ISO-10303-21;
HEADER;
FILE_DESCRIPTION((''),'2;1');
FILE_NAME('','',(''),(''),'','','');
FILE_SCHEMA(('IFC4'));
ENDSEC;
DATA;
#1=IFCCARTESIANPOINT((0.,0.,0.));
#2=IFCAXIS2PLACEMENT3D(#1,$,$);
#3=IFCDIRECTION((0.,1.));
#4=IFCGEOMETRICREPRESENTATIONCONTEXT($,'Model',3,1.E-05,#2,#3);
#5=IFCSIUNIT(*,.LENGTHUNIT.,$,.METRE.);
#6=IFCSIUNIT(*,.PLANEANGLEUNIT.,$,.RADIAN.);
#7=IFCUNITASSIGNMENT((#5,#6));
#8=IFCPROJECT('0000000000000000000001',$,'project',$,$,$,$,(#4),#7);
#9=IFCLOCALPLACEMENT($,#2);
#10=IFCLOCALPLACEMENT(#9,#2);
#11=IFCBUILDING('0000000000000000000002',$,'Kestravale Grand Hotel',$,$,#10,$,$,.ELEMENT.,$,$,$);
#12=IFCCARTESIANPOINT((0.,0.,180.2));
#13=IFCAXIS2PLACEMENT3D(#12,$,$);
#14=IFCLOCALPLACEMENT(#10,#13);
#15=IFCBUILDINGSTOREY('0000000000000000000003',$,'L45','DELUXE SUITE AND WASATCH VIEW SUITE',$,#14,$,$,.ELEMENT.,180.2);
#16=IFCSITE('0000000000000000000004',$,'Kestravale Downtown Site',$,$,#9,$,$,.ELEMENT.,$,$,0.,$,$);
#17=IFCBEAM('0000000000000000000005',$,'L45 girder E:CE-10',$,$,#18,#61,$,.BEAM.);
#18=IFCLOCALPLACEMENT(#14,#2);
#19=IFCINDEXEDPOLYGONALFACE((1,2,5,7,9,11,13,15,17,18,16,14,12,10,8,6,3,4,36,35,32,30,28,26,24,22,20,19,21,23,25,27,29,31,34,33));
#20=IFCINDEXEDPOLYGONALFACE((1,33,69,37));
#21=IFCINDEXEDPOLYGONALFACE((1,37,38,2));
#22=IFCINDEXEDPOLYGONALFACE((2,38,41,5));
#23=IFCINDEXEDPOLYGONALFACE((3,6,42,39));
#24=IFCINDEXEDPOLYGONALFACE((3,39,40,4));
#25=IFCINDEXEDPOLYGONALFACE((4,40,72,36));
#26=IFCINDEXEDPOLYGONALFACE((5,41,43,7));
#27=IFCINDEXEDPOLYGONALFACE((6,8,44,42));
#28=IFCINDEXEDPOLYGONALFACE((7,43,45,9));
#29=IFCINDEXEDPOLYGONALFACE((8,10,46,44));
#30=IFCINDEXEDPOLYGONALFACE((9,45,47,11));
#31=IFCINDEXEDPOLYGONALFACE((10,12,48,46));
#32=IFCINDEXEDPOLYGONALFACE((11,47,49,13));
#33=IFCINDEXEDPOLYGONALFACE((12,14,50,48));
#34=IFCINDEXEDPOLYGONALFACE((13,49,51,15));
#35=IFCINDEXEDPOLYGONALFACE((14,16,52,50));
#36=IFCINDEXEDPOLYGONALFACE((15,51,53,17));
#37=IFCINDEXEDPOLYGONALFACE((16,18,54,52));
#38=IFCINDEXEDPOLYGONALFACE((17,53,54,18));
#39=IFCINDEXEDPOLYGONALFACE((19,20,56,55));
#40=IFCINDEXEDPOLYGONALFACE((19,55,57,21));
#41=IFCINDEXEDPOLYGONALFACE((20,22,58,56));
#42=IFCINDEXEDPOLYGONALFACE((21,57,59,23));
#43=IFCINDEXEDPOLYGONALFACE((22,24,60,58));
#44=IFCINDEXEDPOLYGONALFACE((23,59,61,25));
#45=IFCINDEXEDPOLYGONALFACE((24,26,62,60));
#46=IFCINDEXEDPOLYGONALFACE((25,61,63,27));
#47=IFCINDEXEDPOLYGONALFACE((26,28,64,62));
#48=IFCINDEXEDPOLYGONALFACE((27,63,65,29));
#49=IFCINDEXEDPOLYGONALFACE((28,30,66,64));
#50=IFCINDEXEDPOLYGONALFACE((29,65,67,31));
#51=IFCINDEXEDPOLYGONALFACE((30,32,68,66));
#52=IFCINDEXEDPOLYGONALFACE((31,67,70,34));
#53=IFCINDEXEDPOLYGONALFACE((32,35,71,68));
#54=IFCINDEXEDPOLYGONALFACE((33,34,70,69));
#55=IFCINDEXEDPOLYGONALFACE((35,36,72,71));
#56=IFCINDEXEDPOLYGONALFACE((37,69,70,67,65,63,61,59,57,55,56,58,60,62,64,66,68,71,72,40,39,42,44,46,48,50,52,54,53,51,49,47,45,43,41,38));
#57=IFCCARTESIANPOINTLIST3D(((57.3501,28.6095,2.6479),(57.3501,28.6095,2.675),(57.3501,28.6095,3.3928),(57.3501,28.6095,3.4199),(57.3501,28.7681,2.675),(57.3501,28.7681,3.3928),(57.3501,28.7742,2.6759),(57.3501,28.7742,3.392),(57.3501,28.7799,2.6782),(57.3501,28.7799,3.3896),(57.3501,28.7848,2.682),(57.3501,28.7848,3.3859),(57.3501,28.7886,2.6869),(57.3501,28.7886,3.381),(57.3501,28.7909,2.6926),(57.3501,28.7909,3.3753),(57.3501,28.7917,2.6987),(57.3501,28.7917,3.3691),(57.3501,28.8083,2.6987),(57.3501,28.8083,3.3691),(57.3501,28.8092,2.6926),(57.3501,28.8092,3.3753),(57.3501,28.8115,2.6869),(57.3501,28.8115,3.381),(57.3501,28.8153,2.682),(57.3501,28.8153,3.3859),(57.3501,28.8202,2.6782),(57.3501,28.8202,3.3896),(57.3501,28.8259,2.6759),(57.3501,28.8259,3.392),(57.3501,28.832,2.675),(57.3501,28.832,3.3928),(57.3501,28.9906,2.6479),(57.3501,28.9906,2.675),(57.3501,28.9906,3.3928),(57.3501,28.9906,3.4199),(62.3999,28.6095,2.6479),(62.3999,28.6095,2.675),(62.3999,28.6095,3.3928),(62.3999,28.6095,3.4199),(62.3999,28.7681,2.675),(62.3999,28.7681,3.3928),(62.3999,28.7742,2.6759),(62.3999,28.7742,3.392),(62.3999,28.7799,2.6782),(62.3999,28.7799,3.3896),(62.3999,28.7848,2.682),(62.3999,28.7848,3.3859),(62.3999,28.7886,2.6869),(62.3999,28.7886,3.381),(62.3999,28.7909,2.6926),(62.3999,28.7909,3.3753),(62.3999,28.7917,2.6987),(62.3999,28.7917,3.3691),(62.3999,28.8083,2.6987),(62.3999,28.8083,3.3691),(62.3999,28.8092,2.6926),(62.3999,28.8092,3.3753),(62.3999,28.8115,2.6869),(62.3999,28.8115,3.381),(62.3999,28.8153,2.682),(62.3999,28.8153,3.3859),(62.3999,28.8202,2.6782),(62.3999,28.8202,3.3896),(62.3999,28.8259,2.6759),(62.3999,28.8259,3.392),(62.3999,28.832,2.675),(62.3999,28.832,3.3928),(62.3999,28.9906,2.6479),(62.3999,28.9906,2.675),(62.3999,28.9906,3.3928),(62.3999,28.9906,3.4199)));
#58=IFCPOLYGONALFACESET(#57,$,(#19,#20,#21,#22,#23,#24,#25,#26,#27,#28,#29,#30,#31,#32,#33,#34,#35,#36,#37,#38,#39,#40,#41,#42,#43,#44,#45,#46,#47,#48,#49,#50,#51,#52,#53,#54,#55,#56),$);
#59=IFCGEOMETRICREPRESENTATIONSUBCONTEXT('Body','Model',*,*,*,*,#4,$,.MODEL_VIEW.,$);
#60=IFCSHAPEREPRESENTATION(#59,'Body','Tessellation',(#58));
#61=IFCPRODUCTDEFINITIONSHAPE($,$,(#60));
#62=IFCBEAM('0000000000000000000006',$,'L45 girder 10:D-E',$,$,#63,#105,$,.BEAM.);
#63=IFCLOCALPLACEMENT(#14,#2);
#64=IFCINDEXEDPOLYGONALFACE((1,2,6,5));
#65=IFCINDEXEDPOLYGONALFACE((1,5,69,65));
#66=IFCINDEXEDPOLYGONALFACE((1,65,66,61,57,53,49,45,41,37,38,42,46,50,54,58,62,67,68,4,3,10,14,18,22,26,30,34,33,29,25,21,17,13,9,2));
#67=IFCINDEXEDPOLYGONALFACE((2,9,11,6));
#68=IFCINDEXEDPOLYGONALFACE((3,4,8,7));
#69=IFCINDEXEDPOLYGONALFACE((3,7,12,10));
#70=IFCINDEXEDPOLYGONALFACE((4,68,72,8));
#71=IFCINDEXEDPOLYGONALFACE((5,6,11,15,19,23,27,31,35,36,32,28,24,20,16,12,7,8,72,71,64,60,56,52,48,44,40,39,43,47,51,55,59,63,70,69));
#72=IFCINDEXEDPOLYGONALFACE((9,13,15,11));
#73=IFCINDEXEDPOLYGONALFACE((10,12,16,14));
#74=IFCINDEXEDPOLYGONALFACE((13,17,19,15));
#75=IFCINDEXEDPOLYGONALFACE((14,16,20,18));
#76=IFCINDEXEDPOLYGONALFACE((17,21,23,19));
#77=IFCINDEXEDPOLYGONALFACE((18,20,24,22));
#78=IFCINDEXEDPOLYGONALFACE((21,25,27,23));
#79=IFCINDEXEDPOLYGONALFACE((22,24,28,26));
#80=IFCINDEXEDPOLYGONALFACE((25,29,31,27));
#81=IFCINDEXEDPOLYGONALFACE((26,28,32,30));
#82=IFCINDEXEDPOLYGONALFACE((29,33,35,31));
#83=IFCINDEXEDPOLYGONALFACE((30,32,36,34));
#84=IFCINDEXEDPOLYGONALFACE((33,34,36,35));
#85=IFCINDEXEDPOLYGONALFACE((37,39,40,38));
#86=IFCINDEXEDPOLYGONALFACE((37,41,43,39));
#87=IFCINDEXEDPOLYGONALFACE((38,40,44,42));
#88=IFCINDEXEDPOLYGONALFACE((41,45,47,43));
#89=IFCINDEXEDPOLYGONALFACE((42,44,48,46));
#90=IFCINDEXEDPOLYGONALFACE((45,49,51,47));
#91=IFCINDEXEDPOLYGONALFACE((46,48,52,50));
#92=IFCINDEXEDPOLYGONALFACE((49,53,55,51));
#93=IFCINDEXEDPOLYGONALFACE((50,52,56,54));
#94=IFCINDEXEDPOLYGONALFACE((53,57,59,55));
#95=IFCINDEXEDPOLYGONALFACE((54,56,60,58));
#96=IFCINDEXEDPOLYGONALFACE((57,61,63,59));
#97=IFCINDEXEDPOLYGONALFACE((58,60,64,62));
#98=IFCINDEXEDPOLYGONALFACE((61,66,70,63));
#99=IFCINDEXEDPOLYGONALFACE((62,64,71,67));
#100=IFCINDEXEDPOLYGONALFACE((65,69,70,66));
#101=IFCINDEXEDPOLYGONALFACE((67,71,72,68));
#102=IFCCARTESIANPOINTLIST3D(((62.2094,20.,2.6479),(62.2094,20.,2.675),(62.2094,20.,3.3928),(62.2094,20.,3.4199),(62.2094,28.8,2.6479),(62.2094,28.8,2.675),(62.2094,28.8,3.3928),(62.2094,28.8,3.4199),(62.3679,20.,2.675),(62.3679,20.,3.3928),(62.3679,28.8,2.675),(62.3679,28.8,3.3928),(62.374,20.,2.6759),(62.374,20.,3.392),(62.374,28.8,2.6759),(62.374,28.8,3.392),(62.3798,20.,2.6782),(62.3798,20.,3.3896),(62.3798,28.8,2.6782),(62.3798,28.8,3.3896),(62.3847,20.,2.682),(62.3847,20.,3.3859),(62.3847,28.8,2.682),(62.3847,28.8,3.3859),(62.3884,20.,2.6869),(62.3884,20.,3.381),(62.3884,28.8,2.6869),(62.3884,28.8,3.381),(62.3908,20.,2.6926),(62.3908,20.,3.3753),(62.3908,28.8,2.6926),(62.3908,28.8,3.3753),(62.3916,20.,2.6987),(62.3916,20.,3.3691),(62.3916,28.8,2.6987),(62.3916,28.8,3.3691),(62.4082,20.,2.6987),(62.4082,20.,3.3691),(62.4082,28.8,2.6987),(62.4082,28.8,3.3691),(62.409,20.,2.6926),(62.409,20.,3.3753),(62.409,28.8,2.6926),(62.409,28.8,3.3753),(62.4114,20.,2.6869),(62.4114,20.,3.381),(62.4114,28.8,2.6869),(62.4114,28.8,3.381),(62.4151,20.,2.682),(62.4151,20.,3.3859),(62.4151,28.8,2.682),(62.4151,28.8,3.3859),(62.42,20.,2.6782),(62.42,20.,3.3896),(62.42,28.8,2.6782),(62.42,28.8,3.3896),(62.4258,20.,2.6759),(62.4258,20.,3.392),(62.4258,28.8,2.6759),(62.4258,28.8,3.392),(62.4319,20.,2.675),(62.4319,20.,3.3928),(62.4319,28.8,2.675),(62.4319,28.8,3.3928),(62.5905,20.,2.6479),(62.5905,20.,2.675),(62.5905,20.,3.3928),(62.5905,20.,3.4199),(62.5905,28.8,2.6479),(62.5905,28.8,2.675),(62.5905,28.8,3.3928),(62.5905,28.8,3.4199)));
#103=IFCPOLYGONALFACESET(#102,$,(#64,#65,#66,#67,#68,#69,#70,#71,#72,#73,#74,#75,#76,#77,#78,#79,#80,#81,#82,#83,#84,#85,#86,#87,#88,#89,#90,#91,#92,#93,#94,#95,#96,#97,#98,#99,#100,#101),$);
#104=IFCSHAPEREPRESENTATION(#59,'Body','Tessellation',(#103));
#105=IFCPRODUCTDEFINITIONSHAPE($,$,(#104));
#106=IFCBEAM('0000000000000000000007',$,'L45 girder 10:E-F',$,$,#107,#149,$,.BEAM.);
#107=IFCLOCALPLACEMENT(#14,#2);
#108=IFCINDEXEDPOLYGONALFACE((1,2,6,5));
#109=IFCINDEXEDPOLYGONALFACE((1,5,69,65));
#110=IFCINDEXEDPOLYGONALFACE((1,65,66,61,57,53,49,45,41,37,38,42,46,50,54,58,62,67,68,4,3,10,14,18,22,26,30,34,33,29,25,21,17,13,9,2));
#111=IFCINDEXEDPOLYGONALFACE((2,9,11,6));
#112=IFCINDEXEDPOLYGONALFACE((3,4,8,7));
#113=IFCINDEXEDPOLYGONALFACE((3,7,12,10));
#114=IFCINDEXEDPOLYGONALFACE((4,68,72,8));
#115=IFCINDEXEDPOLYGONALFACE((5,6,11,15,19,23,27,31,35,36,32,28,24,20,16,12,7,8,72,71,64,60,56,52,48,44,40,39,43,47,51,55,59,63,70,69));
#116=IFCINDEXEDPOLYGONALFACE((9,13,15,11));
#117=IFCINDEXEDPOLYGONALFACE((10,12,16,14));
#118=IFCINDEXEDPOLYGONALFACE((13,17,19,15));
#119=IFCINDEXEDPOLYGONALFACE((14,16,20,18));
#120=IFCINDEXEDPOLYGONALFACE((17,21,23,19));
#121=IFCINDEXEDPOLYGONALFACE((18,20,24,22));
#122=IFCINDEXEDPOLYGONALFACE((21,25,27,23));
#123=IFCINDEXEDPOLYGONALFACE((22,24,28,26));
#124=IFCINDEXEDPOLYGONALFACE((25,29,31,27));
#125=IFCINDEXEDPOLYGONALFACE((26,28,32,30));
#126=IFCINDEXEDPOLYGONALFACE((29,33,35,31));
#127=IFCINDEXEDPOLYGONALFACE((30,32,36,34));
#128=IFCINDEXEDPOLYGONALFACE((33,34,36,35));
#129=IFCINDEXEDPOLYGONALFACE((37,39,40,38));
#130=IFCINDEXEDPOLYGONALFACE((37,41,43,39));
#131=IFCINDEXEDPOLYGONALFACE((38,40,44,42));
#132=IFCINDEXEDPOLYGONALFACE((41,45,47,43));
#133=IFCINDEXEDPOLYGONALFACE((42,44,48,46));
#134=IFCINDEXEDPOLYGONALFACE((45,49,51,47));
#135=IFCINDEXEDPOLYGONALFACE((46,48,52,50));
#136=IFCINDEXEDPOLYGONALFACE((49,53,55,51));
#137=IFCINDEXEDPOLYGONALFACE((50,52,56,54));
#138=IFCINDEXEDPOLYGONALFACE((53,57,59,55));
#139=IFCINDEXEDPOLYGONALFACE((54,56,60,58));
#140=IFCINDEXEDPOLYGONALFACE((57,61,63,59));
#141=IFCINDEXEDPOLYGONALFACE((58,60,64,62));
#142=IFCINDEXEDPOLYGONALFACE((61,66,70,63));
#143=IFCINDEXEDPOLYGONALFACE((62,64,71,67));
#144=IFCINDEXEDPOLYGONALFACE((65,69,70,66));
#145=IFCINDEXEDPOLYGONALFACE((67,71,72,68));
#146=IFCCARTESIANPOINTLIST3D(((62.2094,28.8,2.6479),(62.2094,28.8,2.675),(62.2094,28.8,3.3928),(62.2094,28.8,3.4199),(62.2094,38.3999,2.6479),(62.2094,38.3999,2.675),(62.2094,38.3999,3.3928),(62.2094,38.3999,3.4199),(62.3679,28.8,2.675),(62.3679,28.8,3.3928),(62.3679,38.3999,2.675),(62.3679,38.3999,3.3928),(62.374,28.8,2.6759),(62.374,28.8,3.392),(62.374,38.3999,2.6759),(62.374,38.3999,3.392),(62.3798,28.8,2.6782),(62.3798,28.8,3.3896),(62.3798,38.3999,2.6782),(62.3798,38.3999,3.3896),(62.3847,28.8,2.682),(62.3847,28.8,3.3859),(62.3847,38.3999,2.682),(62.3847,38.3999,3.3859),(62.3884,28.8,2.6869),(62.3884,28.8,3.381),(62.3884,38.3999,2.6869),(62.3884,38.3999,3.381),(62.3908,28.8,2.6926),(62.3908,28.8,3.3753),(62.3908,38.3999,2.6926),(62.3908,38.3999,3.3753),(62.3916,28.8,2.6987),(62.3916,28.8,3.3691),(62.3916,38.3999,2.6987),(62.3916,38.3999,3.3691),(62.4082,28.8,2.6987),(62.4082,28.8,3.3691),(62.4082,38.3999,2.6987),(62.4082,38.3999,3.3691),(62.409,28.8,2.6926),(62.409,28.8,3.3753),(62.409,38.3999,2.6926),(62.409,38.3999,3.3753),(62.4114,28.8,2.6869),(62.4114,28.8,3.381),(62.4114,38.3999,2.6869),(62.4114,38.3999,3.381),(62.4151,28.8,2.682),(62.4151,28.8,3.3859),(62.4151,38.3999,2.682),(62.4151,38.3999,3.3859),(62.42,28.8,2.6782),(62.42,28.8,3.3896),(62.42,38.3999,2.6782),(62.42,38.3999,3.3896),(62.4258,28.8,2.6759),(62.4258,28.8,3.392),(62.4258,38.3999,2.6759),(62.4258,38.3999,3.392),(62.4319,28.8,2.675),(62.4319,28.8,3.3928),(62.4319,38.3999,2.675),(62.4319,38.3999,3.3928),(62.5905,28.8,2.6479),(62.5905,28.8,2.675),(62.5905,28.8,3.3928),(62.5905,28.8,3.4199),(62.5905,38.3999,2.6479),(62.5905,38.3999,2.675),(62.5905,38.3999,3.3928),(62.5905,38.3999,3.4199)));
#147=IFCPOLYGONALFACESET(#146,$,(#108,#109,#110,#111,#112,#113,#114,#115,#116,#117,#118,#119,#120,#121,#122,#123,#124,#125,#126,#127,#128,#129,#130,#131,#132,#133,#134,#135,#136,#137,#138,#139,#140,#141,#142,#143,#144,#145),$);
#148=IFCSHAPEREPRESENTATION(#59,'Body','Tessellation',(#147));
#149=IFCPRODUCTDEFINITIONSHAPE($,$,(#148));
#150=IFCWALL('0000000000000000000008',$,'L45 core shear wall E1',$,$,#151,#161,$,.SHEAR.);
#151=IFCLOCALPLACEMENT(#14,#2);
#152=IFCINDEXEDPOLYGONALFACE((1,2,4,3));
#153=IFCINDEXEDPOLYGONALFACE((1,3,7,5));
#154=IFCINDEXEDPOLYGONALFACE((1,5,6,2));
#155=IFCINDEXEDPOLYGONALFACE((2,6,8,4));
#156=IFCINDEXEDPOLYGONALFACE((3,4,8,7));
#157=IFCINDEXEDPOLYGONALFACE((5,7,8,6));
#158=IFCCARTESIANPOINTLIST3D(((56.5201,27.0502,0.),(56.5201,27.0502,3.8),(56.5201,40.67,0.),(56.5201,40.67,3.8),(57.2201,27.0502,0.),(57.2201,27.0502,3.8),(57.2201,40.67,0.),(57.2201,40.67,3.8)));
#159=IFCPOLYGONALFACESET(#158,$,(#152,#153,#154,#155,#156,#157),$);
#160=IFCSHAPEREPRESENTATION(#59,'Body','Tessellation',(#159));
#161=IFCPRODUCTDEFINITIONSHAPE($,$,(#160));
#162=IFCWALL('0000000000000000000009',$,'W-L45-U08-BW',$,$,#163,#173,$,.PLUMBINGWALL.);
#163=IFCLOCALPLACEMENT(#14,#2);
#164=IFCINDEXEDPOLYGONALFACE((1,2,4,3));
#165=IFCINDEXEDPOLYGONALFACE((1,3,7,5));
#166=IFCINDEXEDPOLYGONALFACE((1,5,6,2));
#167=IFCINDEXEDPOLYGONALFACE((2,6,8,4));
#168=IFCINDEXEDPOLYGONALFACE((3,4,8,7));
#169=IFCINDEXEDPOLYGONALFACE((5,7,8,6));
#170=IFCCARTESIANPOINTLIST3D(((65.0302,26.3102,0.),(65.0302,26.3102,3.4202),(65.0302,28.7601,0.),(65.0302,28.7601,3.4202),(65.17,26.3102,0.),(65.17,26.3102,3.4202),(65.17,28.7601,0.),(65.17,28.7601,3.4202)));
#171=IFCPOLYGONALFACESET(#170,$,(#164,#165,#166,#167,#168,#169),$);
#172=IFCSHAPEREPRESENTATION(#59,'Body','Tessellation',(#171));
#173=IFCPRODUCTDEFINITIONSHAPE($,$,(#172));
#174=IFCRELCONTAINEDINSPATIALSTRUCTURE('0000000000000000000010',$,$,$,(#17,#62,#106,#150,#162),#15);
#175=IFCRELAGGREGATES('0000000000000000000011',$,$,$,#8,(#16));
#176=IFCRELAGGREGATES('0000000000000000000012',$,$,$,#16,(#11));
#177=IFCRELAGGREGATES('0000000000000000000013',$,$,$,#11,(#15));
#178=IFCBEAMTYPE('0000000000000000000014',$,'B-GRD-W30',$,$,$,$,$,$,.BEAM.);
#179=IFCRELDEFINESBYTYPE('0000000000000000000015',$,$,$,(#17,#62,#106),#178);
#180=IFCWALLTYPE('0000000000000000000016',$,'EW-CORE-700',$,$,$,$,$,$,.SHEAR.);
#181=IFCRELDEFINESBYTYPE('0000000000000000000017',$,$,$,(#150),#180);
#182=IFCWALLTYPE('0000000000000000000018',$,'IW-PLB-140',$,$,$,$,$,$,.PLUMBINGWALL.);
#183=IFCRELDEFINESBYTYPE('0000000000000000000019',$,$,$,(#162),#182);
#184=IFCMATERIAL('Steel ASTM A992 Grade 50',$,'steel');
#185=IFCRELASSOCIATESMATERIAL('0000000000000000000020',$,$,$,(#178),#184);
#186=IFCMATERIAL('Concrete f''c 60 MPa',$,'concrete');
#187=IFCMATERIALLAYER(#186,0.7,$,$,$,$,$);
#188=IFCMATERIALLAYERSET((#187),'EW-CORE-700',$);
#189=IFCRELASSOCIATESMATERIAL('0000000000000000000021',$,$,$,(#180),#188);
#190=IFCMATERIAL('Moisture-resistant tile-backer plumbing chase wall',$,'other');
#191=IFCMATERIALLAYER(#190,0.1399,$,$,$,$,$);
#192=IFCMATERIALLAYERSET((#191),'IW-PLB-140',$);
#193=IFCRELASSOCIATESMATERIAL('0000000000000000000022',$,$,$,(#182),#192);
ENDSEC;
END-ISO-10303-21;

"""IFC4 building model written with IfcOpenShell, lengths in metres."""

from ifc_helpers import new_model, si_unit, direction, frame, frame_2d, origin, origin_2d, place, context, subcontext, project, spatial, rectangle, i_section, extrude, material, layer, layer_set, material_profile, profile_set, type_object, element, save


model = new_model("IFC4")

# Units and contexts
model_context = context("Model", 3, precision=1e-05, world=origin(), true_north=direction((0.0, 1.0)))
body_context = subcontext(model_context, "Body", "Model", "MODEL_VIEW")
ifc_project = project(units=[si_unit("LENGTHUNIT", "METRE"), si_unit("PLANEANGLEUNIT", "RADIAN")], contexts=[model_context])

# Site, building, storey
site_placement = place(None, origin())
site = spatial("IfcSite", under=ifc_project, at=site_placement, Name="Kestravale Downtown Site", CompositionType="ELEMENT", RefElevation=0.0)
building_placement = place(site_placement, origin())
building = spatial("IfcBuilding", under=site, at=building_placement, Name="Kestravale Grand Hotel", CompositionType="ELEMENT")
storey_placement = place(building_placement, frame((0.0, 0.0, 180.2)))
storey = spatial("IfcBuildingStorey", under=building, at=storey_placement, Name="L45", Description="DELUXE SUITE AND WASATCH VIEW SUITE", CompositionType="ELEMENT", Elevation=180.2)

# Beams
ifc_material_1 = material(Name="Steel ASTM A992 Grade 50", Category="steel")
ifc_material_profile_1 = material_profile(ifc_material_1, i_section(OverallWidth=0.3811, OverallDepth=0.772, WebThickness=0.0166, FlangeThickness=0.0271, FilletRadius=0.0237, at=origin_2d()))
ifc_profile_set_1 = profile_set([ifc_material_profile_1], Name="Steel ASTM A992 Grade 50")
beam_type_1 = type_object("IfcBeamType", Name="B-GRD-W30", PredefinedType="BEAM", material=ifc_profile_set_1)
beam_1_placement = place(storey_placement, frame((57.3501, 28.8, 3.0339), z_axis=(1.0, 0.0, 0.0), x_axis=(0.0, 1.0, 0.0)))
element("IfcBeam", 1, at=beam_1_placement, inside=storey, type_object=beam_type_1, Name="L45 girder E:CE-10", PredefinedType="BEAM", context=body_context, shape_type="SweptSolid", body=[
    extrude(i_section(OverallWidth=0.3811, OverallDepth=0.772, WebThickness=0.0166, FlangeThickness=0.0271, FilletRadius=0.0237, at=origin_2d()), origin(), (0.0, 0.0, 1.0), 5.0498),
])
beam_2_placement = place(storey_placement, frame((62.3999, 20.0, 3.0339), z_axis=(0.0, 1.0, 0.0), x_axis=(-1.0, 0.0, 0.0)))
element("IfcBeam", 2, at=beam_2_placement, inside=storey, type_object=beam_type_1, Name="L45 girder 10:D-E", PredefinedType="BEAM", context=body_context, shape_type="SweptSolid", body=[
    extrude(i_section(OverallWidth=0.3811, OverallDepth=0.772, WebThickness=0.0166, FlangeThickness=0.0271, FilletRadius=0.0237, at=origin_2d()), origin(), (0.0, 0.0, 1.0), 8.8),
])
beam_3_placement = place(storey_placement, frame((62.3999, 28.8, 3.0339), z_axis=(0.0, 1.0, 0.0), x_axis=(-1.0, 0.0, 0.0)))
element("IfcBeam", 3, at=beam_3_placement, inside=storey, type_object=beam_type_1, Name="L45 girder 10:E-F", PredefinedType="BEAM", context=body_context, shape_type="SweptSolid", body=[
    extrude(i_section(OverallWidth=0.3811, OverallDepth=0.772, WebThickness=0.0166, FlangeThickness=0.0271, FilletRadius=0.0237, at=origin_2d()), origin(), (0.0, 0.0, 1.0), 9.5999),
])

# Walls
ifc_material_2 = material(Name="Concrete f'c 60 MPa", Category="concrete")
ifc_layer_1 = layer(ifc_material_2, 0.7)
ifc_layer_set_1 = layer_set([ifc_layer_1], Name="EW-CORE-700")
wall_type_1 = type_object("IfcWallType", Name="EW-CORE-700", PredefinedType="SHEAR", material=ifc_layer_set_1)
wall_1_placement = place(storey_placement, frame((56.8701, 27.05, 0.0), z_axis=(0.0, 0.0, 1.0), x_axis=(0.0, 1.0, 0.0)))
element("IfcWall", 4, at=wall_1_placement, inside=storey, type_object=wall_type_1, Name="L45 core shear wall E1", PredefinedType="SHEAR", context=body_context, shape_type="SweptSolid", body=[
    extrude(rectangle(XDim=13.6199, YDim=0.7, at=frame_2d((6.8101, 0.0))), origin(), (0.0, 0.0, 1.0), 3.8),
])
ifc_material_3 = material(Name="Moisture-resistant tile-backer plumbing chase wall", Category="other")
ifc_layer_2 = layer(ifc_material_3, 0.1399)
ifc_layer_set_2 = layer_set([ifc_layer_2], Name="IW-PLB-140")
wall_type_2 = type_object("IfcWallType", Name="IW-PLB-140", PredefinedType="PLUMBINGWALL", material=ifc_layer_set_2)
wall_2_placement = place(storey_placement, frame((65.1001, 26.3101, 0.0), z_axis=(0.0, 0.0, 1.0), x_axis=(0.0, 1.0, 0.0)))
element("IfcWall", 5, at=wall_2_placement, inside=storey, type_object=wall_type_2, Name="W-L45-U08-BW", PredefinedType="PLUMBINGWALL", context=body_context, shape_type="SweptSolid", body=[
    extrude(rectangle(XDim=2.45, YDim=0.1399, at=frame_2d((1.2251, 0.0))), origin(), (0.0, 0.0, 1.0), 3.4202),
])

save(model, "model.ifc")
